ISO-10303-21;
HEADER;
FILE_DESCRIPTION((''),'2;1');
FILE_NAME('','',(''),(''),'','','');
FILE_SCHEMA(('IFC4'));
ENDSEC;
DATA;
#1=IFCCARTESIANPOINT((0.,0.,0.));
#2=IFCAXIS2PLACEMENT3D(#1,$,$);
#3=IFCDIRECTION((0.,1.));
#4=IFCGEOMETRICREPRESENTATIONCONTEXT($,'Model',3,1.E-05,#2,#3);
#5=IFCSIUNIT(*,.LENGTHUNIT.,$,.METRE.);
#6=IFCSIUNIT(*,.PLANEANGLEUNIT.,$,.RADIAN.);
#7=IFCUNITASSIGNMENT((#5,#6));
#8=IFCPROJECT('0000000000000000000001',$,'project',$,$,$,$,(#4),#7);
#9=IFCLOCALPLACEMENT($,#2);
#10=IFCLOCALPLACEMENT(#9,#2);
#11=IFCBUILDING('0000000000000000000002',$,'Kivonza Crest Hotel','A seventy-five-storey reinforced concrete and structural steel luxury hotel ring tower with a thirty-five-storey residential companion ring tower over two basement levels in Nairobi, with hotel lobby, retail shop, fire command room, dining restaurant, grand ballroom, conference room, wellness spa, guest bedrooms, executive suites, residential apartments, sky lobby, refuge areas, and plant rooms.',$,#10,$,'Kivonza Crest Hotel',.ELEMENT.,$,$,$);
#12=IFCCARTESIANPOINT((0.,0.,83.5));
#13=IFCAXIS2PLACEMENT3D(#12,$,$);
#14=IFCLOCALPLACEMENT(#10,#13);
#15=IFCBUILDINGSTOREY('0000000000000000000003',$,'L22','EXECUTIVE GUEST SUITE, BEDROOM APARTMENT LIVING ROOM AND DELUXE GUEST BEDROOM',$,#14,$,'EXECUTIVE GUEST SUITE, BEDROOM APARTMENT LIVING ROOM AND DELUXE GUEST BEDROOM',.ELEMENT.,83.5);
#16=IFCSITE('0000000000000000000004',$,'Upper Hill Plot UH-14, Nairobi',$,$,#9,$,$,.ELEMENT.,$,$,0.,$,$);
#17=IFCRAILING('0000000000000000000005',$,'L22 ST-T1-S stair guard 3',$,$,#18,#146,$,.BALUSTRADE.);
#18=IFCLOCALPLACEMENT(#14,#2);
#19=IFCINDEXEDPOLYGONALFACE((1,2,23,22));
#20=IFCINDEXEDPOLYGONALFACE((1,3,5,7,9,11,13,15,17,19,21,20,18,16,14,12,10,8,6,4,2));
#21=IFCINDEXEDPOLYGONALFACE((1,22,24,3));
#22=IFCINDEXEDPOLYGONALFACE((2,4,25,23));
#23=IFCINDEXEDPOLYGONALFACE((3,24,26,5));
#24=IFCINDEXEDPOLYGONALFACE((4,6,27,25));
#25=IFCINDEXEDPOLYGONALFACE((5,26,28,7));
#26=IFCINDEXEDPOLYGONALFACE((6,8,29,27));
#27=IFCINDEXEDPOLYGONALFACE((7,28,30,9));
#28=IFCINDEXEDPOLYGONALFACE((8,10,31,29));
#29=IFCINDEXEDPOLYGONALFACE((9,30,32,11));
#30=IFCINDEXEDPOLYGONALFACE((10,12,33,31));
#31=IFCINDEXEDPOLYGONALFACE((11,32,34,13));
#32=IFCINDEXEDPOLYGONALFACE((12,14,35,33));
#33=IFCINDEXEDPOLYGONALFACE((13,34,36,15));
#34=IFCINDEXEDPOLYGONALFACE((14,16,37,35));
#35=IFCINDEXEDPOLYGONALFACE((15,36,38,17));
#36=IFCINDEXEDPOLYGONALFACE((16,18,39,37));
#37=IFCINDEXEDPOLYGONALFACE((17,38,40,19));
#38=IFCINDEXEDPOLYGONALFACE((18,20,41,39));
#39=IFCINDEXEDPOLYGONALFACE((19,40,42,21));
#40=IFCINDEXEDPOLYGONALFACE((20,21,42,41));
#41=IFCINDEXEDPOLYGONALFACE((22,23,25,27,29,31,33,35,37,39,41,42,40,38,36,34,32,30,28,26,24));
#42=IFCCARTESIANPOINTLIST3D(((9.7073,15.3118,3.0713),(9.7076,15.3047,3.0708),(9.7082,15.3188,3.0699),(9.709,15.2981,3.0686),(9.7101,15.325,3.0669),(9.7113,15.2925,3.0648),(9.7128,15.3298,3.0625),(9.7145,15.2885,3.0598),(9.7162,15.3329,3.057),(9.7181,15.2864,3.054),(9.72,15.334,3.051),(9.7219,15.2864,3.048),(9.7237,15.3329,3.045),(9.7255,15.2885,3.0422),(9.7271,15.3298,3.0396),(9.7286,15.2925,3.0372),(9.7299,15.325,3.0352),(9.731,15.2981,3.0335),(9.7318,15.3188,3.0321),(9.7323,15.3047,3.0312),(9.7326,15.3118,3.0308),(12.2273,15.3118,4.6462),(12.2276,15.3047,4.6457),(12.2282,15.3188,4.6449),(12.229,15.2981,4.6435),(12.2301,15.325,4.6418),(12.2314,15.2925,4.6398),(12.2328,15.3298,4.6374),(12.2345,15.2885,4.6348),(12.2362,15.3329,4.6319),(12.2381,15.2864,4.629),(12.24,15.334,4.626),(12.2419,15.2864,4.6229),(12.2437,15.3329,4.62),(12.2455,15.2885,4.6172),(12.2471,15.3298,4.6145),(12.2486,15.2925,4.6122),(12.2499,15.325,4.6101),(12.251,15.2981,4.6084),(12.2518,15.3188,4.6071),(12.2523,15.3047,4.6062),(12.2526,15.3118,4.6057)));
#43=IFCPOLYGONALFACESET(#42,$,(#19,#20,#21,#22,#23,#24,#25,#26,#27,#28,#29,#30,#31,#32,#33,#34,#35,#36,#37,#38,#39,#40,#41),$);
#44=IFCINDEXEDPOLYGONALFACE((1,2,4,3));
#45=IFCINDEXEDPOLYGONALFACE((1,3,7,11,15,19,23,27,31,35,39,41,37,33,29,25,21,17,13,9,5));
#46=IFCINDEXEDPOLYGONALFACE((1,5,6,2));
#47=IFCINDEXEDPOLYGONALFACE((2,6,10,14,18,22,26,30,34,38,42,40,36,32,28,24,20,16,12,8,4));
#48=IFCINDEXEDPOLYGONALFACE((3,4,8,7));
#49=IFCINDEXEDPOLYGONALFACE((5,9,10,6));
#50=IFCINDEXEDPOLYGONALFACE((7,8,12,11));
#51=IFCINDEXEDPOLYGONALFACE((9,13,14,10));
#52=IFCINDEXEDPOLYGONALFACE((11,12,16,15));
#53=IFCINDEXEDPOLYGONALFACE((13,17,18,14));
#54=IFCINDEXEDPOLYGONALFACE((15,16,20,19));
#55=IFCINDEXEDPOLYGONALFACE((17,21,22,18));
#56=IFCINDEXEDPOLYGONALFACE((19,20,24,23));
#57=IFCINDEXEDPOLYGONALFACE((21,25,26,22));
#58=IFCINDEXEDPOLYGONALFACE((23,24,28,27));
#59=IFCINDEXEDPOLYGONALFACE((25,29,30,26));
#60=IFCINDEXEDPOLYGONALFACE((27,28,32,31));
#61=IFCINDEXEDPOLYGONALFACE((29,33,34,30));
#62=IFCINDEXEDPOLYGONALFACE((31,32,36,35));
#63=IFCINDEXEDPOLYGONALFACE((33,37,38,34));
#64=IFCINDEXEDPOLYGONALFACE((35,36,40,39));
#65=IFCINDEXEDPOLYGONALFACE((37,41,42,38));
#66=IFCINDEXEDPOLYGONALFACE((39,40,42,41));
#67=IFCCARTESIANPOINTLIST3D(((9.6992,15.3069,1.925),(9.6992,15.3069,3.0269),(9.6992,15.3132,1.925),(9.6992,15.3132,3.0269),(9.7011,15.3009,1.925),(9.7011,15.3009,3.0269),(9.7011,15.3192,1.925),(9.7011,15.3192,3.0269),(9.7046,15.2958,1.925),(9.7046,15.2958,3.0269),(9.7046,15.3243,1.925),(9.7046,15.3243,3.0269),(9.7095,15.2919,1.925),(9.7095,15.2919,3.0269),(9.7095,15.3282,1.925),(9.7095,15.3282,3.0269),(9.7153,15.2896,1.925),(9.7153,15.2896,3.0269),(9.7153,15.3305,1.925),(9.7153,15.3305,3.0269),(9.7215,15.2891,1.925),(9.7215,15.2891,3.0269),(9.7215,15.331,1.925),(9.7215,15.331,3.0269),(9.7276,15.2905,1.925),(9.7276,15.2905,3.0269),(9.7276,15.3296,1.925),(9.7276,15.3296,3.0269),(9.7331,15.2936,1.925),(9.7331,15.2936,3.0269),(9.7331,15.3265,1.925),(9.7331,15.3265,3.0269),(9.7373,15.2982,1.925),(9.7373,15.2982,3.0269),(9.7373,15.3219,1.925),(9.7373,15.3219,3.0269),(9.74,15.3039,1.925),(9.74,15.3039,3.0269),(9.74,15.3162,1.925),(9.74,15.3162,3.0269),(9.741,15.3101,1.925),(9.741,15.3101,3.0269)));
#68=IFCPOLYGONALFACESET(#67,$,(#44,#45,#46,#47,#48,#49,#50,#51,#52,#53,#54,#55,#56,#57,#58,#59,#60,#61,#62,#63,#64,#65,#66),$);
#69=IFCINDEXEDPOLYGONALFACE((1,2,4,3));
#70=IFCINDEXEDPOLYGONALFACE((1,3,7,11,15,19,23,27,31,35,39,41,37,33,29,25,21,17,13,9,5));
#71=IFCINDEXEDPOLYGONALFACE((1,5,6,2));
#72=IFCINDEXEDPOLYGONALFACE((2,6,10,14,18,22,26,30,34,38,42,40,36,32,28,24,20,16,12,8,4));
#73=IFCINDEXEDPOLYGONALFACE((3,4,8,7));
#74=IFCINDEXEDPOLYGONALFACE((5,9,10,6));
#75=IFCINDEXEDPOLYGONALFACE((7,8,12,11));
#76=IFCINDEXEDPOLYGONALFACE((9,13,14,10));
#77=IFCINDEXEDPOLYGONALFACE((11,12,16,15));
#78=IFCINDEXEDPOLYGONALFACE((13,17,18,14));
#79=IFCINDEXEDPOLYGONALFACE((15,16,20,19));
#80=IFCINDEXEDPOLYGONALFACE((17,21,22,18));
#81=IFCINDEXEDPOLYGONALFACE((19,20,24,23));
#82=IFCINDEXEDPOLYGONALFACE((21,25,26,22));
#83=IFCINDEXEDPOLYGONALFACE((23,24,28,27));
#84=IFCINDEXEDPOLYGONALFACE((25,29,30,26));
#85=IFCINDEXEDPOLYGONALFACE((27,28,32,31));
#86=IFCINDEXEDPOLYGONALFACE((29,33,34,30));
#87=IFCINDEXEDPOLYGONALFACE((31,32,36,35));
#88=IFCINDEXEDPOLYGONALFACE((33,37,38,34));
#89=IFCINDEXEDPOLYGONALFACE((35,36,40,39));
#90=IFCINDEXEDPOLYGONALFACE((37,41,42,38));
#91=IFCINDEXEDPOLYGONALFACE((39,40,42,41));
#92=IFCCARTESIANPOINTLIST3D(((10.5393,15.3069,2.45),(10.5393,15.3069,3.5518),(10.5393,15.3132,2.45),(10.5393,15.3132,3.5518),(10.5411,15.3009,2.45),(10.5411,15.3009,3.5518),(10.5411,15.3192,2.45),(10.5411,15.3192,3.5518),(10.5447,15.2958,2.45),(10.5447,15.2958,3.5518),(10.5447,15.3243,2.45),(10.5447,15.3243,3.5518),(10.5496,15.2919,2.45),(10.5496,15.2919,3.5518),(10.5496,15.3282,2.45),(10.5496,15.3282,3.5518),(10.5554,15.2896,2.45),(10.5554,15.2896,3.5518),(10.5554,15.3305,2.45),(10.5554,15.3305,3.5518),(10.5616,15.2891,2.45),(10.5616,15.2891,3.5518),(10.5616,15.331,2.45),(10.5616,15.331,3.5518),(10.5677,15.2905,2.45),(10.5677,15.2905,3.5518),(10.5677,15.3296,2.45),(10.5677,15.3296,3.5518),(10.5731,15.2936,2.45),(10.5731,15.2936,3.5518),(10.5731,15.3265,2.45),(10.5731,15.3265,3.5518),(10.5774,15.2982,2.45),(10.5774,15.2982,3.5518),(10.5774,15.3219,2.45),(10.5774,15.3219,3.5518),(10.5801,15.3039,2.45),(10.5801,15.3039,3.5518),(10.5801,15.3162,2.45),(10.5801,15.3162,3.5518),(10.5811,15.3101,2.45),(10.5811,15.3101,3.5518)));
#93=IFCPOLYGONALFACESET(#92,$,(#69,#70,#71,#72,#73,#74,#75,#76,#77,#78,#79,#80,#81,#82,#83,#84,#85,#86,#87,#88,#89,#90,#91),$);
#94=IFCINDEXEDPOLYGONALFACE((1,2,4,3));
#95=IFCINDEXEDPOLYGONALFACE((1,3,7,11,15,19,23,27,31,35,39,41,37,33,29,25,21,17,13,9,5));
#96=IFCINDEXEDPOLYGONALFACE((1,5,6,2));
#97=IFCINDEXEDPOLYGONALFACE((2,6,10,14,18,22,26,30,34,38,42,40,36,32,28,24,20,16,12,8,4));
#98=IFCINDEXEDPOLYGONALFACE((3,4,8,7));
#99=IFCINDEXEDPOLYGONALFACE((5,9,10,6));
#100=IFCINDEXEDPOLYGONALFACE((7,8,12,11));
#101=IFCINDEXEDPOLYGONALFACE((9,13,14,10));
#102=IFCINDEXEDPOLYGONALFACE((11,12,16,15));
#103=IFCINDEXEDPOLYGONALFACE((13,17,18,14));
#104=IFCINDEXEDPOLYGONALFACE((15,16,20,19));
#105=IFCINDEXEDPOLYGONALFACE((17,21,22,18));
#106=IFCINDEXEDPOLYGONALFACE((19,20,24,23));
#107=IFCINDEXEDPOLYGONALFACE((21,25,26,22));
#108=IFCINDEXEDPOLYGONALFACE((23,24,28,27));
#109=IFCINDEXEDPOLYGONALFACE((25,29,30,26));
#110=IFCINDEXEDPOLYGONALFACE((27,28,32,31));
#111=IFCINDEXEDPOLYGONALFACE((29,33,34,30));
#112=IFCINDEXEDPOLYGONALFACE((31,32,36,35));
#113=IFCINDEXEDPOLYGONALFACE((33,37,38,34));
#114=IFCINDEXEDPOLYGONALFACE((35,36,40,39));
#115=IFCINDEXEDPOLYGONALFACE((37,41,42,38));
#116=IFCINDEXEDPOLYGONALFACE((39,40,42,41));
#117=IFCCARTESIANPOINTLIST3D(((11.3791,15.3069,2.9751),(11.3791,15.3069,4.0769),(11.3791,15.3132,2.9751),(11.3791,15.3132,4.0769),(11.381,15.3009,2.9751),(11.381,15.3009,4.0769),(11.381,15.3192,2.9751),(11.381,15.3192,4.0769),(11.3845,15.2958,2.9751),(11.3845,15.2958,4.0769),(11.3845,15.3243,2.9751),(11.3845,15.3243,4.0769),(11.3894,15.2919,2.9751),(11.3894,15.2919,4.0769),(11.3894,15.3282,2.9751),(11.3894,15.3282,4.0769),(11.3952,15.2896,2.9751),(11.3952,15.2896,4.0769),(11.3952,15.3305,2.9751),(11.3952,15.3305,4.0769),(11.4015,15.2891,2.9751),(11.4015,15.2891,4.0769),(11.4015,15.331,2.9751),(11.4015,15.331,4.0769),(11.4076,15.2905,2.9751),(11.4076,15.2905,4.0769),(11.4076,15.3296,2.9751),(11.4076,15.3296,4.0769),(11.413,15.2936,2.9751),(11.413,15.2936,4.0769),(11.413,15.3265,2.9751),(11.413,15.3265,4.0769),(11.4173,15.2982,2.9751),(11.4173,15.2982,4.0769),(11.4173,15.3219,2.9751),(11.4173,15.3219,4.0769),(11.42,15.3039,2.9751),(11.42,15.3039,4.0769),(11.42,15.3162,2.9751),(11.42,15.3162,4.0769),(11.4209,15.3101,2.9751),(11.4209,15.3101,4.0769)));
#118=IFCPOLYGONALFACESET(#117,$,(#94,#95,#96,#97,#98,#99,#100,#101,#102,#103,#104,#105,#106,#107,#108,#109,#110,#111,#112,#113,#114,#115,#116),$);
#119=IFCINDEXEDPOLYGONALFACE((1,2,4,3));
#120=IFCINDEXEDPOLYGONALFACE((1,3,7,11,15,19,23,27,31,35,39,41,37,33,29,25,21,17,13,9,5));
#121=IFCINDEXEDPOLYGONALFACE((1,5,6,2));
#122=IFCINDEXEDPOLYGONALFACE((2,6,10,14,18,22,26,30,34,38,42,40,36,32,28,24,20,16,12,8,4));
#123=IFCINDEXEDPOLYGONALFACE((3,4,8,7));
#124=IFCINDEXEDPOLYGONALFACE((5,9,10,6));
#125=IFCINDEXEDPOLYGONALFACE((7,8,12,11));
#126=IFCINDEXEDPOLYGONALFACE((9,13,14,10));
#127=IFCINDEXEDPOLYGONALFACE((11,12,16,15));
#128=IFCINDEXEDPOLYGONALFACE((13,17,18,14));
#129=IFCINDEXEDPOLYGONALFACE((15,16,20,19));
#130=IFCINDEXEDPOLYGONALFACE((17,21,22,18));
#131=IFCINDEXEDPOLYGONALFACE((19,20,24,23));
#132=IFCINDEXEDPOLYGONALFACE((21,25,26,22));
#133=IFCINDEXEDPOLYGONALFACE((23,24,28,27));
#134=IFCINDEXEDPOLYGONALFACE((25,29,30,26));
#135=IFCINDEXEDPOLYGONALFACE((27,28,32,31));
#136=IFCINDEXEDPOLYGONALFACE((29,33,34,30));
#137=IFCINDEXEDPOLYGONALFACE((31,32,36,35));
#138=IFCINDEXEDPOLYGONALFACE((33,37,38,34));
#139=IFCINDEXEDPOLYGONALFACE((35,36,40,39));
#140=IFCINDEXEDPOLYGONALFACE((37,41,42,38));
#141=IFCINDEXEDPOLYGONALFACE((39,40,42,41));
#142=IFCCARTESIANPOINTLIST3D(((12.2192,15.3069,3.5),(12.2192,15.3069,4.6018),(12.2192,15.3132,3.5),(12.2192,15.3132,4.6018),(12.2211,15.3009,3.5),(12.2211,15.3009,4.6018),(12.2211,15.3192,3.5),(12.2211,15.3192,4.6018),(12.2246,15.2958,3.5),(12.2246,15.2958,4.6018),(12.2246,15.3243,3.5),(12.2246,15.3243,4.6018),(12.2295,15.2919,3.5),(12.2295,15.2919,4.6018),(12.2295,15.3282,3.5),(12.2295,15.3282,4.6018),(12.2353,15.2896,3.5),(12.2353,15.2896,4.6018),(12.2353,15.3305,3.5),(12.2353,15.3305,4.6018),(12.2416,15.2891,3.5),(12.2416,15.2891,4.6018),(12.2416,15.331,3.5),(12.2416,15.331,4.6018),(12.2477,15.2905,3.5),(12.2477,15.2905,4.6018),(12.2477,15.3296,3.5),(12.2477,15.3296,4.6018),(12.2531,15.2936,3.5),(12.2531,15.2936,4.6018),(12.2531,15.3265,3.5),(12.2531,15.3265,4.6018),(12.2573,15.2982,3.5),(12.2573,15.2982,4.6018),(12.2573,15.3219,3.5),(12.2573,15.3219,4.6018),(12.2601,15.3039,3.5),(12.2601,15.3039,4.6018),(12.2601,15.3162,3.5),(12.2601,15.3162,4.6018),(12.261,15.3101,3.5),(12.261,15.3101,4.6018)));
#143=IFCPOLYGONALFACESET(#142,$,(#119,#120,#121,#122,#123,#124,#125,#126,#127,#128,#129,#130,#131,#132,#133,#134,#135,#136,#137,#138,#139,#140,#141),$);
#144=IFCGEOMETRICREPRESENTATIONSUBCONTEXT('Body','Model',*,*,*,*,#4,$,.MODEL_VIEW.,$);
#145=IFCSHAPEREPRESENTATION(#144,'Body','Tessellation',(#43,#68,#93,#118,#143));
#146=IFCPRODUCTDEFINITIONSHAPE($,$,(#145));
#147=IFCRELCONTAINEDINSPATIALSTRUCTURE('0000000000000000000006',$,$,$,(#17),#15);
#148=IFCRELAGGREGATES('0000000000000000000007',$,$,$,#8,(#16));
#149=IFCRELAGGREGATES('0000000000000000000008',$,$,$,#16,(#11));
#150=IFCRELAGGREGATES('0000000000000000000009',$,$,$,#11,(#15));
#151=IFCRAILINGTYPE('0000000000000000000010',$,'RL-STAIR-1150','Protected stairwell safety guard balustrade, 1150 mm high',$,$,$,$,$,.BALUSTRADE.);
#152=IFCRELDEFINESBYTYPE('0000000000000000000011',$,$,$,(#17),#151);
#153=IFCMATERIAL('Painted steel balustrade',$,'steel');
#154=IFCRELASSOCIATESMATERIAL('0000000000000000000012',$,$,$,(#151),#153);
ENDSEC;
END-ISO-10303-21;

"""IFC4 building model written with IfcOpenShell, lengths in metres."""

from ifc_helpers import new_model, si_unit, direction, frame, origin, origin_2d, place, context, subcontext, project, spatial, circle, extrude, material, type_object, element, save


model = new_model("IFC4")

# Units and contexts
model_context = context("Model", 3, precision=1e-05, world=origin(), true_north=direction((0.0, 1.0)))
body_context = subcontext(model_context, "Body", "Model", "MODEL_VIEW")
ifc_project = project(units=[si_unit("LENGTHUNIT", "METRE"), si_unit("PLANEANGLEUNIT", "RADIAN")], contexts=[model_context])

# Site, building, storey
site_placement = place(None, origin())
site = spatial("IfcSite", under=ifc_project, at=site_placement, Name="Upper Hill Plot UH-14, Nairobi", CompositionType="ELEMENT", RefElevation=0.0)
building_placement = place(site_placement, origin())
building = spatial("IfcBuilding", under=site, at=building_placement, Name="Kivonza Crest Hotel", Description="A seventy-five-storey reinforced concrete and structural steel luxury hotel ring tower with a thirty-five-storey residential companion ring tower over two basement levels in Nairobi, with hotel lobby, retail shop, fire command room, dining restaurant, grand ballroom, conference room, wellness spa, guest bedrooms, executive suites, residential apartments, sky lobby, refuge areas, and plant rooms.", LongName="Kivonza Crest Hotel", CompositionType="ELEMENT")
storey_placement = place(building_placement, frame((0.0, 0.0, 83.5)))
storey = spatial("IfcBuildingStorey", under=building, at=storey_placement, Name="L22", Description="EXECUTIVE GUEST SUITE, BEDROOM APARTMENT LIVING ROOM AND DELUXE GUEST BEDROOM", LongName="EXECUTIVE GUEST SUITE, BEDROOM APARTMENT LIVING ROOM AND DELUXE GUEST BEDROOM", CompositionType="ELEMENT", Elevation=83.5)

# Railing
ifc_material_1 = material(Name="Painted steel balustrade", Category="steel")
railing_type_1 = type_object("IfcRailingType", Name="RL-STAIR-1150", Description="Protected stairwell safety guard balustrade, 1150 mm high", PredefinedType="BALUSTRADE", material=ifc_material_1)
railing_1_placement = place(storey_placement, frame((9.72, 15.3101, 1.925)))
element("IfcRailing", 1, at=railing_1_placement, inside=storey, type_object=railing_type_1, Name="L22 ST-T1-S stair guard 3", PredefinedType="BALUSTRADE", context=body_context, shape_type="SweptSolid", body=[
    extrude(circle(Radius=0.0239, at=origin_2d()), frame((0.0, 0.0, 1.126), z_axis=(0.848008, 0.0, 0.529984), x_axis=(0.0, 1.0, 0.0)), (0.0, 0.0, 1.0), 2.9717),
    extrude(circle(Radius=0.021, at=origin_2d()), origin(), (0.0, 0.0, 1.0), 1.1018),
    extrude(circle(Radius=0.021, at=origin_2d()), frame((0.8401, 0.0, 0.5249)), (0.0, 0.0, 1.0), 1.1018),
    extrude(circle(Radius=0.021, at=origin_2d()), frame((1.6799, 0.0, 1.05)), (0.0, 0.0, 1.0), 1.1018),
    extrude(circle(Radius=0.021, at=origin_2d()), frame((2.52, 0.0, 1.575)), (0.0, 0.0, 1.0), 1.1018),
])

save(model, "model.ifc")
